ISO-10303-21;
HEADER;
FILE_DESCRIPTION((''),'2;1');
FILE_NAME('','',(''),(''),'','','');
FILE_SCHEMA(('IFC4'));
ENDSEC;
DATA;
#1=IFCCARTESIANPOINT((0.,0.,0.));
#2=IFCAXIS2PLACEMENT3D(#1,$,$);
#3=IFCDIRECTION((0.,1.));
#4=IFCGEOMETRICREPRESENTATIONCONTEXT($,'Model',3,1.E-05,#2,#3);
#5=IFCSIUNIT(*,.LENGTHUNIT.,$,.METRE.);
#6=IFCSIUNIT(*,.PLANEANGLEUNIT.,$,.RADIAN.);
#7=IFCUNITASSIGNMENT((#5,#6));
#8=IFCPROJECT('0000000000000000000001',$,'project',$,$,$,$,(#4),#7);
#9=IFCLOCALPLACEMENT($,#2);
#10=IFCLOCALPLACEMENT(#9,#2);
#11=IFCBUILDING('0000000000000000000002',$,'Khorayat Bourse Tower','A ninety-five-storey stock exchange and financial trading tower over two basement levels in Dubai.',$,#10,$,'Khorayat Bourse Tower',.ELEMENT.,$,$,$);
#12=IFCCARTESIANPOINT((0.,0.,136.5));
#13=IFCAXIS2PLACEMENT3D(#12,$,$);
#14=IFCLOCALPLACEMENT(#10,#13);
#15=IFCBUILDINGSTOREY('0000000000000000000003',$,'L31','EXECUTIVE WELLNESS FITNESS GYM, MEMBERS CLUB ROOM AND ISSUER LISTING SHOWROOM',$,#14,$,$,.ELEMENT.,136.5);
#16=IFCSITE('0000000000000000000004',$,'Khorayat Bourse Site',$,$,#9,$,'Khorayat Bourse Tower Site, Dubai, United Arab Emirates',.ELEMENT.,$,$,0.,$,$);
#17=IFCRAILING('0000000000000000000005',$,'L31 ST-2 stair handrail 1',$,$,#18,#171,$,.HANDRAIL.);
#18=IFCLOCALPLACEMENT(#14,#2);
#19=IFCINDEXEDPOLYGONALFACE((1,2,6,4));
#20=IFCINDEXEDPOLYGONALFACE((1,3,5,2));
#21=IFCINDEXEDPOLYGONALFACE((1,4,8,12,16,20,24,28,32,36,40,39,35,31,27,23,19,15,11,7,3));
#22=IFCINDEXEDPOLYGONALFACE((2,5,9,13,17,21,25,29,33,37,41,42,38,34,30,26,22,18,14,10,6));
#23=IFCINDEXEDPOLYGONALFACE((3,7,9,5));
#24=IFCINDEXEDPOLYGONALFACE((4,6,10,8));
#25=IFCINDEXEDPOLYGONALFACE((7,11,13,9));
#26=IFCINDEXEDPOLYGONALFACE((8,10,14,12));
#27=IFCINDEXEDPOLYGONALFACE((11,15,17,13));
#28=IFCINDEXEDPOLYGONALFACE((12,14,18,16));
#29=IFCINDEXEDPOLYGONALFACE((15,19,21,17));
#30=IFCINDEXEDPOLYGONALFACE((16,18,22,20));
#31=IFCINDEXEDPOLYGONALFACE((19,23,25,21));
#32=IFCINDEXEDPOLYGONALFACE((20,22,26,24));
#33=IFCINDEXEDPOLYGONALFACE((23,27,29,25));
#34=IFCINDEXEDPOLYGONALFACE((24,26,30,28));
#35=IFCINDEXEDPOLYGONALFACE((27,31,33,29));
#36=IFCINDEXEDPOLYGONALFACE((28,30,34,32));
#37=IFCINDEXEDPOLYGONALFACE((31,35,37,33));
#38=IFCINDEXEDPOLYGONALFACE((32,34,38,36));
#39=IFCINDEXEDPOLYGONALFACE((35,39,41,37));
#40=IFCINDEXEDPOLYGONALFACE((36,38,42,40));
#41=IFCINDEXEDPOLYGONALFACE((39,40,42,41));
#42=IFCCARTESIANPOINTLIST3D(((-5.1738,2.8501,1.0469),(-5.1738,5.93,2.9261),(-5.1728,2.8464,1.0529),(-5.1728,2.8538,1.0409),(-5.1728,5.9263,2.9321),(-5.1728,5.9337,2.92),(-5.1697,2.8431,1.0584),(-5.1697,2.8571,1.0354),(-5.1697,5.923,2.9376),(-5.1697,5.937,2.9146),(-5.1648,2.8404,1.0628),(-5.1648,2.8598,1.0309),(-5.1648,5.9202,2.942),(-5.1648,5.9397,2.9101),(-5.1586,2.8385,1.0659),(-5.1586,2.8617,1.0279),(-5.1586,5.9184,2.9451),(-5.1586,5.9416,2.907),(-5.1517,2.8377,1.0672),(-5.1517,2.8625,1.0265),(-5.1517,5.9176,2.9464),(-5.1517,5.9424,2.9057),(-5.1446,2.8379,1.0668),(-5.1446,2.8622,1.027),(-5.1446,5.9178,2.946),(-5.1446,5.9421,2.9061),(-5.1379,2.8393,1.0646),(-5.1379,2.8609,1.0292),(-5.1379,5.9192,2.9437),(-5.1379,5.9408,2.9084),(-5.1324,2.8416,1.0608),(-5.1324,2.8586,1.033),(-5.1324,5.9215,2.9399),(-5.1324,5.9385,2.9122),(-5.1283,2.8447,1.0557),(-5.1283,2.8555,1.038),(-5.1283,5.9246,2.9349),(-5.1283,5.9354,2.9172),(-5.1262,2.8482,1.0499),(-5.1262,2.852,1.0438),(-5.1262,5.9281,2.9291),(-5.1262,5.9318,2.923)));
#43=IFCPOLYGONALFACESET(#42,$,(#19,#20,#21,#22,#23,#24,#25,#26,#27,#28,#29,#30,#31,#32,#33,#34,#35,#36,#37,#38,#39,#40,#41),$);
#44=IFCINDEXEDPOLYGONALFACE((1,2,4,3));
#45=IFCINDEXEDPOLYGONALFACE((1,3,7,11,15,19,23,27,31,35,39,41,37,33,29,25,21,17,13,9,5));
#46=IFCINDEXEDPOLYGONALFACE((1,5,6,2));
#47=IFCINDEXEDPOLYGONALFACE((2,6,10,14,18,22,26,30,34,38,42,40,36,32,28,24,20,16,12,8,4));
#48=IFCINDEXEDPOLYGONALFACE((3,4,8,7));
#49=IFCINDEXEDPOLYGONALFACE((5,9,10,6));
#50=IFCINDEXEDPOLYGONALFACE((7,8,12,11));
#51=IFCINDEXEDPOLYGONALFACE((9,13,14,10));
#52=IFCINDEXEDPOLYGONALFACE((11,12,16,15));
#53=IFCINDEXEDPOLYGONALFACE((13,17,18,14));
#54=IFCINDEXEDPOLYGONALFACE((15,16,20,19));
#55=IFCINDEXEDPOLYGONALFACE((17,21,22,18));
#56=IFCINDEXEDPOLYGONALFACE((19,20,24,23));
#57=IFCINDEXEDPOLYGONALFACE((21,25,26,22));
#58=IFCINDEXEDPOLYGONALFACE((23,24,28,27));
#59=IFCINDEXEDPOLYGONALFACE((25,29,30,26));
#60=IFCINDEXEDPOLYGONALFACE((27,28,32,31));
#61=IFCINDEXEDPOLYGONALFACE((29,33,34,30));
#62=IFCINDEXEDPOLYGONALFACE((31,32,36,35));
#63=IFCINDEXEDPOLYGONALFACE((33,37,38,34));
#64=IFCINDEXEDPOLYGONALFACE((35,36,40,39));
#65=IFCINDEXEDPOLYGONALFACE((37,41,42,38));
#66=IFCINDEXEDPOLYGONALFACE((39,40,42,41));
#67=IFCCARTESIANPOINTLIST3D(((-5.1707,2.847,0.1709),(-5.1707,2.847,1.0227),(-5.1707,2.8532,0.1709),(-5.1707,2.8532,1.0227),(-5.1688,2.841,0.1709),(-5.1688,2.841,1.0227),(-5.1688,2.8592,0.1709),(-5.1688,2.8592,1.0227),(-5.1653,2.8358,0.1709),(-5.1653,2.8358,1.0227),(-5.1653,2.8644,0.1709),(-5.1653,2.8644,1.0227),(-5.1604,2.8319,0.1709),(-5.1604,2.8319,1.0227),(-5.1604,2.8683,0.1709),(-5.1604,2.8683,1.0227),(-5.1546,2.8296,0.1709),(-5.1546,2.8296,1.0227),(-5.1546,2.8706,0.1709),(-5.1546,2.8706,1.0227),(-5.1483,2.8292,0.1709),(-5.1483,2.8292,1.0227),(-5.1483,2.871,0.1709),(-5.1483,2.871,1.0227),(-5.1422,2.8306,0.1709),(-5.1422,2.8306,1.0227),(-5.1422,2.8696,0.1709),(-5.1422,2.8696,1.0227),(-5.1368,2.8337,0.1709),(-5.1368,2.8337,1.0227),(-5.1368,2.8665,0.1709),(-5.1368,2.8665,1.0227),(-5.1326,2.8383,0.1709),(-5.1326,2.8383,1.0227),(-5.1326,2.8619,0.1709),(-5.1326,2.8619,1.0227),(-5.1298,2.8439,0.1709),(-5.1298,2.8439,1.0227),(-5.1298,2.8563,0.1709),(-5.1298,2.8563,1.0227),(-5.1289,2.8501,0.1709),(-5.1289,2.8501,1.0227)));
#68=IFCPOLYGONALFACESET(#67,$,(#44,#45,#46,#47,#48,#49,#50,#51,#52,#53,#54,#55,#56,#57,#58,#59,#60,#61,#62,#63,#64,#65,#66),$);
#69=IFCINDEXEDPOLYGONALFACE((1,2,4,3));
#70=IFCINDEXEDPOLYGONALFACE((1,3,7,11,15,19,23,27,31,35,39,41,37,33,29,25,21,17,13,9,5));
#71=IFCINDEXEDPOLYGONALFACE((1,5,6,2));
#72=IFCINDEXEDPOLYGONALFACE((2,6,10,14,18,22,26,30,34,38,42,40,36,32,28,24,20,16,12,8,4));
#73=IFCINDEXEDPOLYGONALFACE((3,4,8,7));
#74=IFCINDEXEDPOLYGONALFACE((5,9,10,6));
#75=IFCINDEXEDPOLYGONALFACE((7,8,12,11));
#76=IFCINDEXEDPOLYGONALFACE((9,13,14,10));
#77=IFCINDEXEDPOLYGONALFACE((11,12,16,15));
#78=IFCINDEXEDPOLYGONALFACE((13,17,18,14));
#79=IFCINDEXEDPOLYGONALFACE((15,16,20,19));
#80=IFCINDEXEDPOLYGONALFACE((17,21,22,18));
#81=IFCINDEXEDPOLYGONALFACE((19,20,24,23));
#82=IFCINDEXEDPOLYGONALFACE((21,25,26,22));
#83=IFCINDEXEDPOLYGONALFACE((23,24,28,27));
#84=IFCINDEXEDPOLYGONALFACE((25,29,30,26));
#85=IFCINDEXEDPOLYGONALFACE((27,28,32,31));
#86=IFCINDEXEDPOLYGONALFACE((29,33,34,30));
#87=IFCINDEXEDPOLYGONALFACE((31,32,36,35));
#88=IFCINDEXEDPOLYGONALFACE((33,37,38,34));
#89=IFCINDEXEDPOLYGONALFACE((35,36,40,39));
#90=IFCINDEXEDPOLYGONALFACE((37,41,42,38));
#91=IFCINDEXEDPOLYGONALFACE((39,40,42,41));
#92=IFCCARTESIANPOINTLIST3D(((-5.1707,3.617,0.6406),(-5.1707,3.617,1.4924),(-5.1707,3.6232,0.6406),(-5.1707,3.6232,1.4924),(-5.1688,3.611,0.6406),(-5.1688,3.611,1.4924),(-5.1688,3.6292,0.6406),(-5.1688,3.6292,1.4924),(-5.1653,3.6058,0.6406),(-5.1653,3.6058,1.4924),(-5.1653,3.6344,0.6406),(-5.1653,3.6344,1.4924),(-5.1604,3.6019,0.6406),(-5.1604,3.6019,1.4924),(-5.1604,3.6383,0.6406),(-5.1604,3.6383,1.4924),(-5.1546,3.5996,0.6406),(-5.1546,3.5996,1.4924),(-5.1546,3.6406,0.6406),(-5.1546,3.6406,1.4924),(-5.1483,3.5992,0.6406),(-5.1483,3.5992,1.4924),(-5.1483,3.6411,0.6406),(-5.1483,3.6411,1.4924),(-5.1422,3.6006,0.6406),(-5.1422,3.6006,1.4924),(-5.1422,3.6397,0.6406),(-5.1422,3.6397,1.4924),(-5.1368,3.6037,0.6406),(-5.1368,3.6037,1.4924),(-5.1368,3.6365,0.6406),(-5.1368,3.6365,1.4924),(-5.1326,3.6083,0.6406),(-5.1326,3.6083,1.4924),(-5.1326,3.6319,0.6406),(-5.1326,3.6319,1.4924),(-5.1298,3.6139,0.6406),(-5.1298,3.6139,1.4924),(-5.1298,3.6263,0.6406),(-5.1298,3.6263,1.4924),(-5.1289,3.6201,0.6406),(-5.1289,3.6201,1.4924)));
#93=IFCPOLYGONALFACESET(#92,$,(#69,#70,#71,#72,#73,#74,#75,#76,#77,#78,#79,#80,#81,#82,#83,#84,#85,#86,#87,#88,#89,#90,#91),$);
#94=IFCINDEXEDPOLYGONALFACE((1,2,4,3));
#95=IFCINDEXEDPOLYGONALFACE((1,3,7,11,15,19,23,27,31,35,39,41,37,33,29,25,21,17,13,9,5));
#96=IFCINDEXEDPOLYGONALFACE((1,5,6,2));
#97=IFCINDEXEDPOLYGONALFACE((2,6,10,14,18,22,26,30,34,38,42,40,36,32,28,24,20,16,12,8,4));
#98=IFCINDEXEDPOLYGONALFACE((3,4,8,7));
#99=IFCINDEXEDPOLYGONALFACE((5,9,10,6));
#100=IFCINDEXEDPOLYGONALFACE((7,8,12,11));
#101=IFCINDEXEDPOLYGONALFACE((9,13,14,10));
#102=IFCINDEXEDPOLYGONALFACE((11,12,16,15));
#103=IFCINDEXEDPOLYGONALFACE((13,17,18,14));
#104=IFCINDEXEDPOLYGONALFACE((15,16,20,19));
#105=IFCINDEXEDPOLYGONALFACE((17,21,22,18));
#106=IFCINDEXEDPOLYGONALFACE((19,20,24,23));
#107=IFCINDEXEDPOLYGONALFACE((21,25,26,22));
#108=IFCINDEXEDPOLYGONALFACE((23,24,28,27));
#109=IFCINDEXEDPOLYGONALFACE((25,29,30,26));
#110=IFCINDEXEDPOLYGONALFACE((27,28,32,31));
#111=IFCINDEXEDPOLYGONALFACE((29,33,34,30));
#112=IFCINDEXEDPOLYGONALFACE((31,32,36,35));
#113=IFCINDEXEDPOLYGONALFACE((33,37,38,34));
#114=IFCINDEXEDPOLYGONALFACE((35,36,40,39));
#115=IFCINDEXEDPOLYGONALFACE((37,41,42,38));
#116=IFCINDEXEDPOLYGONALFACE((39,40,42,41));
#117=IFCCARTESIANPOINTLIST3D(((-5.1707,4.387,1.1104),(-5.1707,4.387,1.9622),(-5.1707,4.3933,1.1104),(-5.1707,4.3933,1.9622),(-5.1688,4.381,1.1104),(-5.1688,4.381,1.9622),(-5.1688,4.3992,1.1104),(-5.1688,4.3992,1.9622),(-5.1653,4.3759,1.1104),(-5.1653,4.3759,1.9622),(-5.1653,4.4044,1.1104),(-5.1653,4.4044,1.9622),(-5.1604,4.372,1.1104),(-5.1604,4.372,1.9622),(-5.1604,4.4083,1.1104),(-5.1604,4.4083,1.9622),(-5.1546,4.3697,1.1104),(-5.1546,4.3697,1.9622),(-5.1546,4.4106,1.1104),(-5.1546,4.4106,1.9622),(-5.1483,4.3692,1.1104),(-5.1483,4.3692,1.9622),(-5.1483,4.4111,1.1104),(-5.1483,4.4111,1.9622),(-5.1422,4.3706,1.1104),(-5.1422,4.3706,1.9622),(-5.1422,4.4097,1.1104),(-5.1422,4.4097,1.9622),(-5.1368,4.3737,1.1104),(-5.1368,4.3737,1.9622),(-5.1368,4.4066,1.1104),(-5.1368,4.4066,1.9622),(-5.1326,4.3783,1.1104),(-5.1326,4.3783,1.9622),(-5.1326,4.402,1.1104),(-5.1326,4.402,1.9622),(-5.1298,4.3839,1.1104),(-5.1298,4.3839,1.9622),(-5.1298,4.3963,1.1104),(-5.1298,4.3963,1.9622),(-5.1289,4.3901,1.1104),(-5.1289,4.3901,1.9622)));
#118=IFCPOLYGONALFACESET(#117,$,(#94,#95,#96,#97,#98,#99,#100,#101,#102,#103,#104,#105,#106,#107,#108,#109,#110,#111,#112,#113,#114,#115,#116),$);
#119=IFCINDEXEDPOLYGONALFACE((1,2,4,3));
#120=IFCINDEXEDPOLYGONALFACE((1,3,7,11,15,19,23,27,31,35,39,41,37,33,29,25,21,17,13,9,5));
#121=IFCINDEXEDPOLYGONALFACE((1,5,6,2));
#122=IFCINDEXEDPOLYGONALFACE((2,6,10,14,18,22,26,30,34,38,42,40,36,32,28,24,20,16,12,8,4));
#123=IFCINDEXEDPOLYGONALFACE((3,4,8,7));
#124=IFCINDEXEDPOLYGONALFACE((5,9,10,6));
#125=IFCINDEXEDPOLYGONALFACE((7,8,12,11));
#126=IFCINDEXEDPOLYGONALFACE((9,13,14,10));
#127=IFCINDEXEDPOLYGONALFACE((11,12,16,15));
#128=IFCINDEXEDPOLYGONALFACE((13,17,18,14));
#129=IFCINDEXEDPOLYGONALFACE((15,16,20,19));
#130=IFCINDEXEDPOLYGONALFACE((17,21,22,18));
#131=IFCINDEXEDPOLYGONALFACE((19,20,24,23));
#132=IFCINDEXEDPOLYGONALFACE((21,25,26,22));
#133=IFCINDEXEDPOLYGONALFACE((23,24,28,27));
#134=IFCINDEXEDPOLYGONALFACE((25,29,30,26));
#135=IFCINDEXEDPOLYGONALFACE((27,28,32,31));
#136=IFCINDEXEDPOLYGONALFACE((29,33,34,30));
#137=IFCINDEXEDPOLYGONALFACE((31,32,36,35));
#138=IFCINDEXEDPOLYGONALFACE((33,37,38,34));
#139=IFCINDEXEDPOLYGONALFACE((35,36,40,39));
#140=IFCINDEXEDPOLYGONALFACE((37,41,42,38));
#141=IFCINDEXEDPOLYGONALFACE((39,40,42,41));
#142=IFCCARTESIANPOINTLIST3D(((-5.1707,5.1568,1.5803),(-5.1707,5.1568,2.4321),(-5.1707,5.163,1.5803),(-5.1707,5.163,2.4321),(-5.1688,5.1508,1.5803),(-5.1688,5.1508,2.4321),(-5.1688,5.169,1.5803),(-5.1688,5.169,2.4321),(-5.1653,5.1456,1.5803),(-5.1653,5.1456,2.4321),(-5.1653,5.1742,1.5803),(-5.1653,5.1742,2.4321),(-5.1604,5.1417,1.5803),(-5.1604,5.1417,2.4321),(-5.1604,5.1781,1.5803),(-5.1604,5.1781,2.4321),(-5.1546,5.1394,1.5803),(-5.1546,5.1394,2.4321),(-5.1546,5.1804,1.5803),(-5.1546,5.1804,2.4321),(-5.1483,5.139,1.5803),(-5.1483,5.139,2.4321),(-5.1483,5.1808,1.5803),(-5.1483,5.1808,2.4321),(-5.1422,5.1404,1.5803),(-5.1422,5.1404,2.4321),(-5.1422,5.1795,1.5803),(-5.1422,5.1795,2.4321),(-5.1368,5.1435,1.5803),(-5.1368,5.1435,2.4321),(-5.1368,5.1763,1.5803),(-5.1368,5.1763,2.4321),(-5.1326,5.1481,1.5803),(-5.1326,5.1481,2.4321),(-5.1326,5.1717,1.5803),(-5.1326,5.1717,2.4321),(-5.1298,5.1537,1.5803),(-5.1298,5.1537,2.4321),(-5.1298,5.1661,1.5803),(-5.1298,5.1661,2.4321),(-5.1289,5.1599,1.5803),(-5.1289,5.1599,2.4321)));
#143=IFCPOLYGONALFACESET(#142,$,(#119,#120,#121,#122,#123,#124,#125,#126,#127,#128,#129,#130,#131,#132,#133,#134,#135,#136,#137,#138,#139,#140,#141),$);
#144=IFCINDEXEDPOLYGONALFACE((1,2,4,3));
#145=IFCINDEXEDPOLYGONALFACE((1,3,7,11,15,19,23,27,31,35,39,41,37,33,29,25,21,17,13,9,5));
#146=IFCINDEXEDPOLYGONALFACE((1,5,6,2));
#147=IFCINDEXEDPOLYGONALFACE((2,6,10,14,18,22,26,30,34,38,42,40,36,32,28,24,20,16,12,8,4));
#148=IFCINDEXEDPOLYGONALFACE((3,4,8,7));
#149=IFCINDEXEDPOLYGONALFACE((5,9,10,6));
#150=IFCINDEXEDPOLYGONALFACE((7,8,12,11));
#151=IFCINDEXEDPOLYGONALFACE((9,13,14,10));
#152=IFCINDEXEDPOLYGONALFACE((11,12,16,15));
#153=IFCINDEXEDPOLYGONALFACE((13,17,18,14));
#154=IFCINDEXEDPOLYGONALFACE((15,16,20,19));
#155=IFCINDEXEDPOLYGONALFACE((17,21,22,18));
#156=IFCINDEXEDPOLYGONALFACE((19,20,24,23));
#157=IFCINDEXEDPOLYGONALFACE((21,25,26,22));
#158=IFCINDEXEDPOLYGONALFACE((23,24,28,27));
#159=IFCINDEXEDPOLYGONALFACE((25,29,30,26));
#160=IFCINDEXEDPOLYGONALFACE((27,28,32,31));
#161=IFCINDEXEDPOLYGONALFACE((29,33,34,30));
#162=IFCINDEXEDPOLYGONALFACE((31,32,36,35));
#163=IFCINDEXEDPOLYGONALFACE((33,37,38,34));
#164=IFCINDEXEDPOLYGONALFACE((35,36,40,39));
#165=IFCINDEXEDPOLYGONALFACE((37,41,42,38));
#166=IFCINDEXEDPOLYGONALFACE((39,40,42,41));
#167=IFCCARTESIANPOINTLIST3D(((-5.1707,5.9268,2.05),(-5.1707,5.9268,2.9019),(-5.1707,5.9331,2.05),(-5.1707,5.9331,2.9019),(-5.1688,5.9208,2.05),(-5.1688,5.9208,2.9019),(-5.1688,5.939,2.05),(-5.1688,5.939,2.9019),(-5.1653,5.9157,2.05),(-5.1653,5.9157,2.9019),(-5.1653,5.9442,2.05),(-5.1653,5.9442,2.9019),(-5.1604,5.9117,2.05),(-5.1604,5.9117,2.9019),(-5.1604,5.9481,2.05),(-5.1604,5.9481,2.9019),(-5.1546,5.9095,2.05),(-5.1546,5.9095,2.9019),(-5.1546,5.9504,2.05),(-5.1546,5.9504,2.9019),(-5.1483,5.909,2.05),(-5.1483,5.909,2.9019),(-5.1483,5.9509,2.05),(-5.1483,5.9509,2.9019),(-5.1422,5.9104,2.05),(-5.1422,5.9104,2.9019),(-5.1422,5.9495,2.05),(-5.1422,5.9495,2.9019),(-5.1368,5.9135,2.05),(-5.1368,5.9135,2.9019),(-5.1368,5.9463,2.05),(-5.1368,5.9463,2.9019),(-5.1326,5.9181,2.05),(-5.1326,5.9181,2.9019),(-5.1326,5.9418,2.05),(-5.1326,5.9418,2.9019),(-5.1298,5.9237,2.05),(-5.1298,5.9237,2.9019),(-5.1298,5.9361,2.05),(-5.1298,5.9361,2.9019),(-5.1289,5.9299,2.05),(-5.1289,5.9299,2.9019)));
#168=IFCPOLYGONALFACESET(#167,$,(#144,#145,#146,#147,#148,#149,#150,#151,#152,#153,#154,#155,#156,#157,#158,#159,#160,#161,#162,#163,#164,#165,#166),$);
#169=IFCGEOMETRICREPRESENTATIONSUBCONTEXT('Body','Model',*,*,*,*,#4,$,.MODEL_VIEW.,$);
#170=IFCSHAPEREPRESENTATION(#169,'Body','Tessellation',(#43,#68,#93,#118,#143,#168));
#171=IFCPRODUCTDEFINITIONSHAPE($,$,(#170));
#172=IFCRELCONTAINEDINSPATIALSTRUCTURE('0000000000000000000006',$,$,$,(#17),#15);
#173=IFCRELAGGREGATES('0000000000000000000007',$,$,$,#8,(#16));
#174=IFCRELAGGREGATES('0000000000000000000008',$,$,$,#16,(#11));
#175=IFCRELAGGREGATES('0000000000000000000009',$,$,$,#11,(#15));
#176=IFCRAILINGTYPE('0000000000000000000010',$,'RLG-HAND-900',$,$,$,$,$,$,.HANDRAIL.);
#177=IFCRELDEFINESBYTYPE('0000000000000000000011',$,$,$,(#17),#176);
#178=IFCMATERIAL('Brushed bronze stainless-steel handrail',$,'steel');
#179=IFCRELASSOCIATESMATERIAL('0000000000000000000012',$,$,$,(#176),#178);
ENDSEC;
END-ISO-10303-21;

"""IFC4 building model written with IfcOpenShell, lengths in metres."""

from ifc_helpers import new_model, si_unit, direction, frame, origin, origin_2d, place, context, subcontext, project, spatial, circle, extrude, source, transform, mapped, material, type_object, element, save


model = new_model("IFC4")

# Units and contexts
model_context = context("Model", 3, precision=1e-05, world=origin(), true_north=direction((0.0, 1.0)))
body_context = subcontext(model_context, "Body", "Model", "MODEL_VIEW")
ifc_project = project(units=[si_unit("LENGTHUNIT", "METRE"), si_unit("PLANEANGLEUNIT", "RADIAN")], contexts=[model_context])

# Site, building, storey
site_placement = place(None, origin())
site = spatial("IfcSite", under=ifc_project, at=site_placement, Name="Khorayat Bourse Site", LongName="Khorayat Bourse Tower Site, Dubai, United Arab Emirates", CompositionType="ELEMENT", RefElevation=0.0)
building_placement = place(site_placement, origin())
building = spatial("IfcBuilding", under=site, at=building_placement, Name="Khorayat Bourse Tower", Description="A ninety-five-storey stock exchange and financial trading tower over two basement levels in Dubai.", LongName="Khorayat Bourse Tower", CompositionType="ELEMENT")
storey_placement = place(building_placement, frame((0.0, 0.0, 136.5)))
storey = spatial("IfcBuildingStorey", under=building, at=storey_placement, Name="L31", Description="EXECUTIVE WELLNESS FITNESS GYM, MEMBERS CLUB ROOM AND ISSUER LISTING SHOWROOM", CompositionType="ELEMENT", Elevation=136.5)

# Railing
ifc_material_1 = material(Name="Brushed bronze stainless-steel handrail", Category="steel")
railing_type_1 = type_object("IfcRailingType", Name="RLG-HAND-900", PredefinedType="HANDRAIL", material=ifc_material_1)
shared_shape_1 = source(origin(), body_context, "Body", "SweptSolid", [
    extrude(circle(Radius=0.0239, at=origin_2d()), frame((0.0, 0.0, 0.876), z_axis=(0.0, 0.853648, 0.52085), x_axis=(-1.0, 0.0, 0.0)), (0.0, 0.0, 1.0), 3.6079),
    extrude(circle(Radius=0.021, at=origin_2d()), origin(), (0.0, 0.0, 1.0), 0.8518),
    extrude(circle(Radius=0.021, at=origin_2d()), frame((0.0, 0.77, 0.4697)), (0.0, 0.0, 1.0), 0.8518),
    extrude(circle(Radius=0.021, at=origin_2d()), frame((0.0, 1.54, 0.9395)), (0.0, 0.0, 1.0), 0.8518),
    extrude(circle(Radius=0.021, at=origin_2d()), frame((0.0, 2.3098, 1.4094)), (0.0, 0.0, 1.0), 0.8518),
    extrude(circle(Radius=0.021, at=origin_2d()), frame((0.0, 3.0798, 1.8792)), (0.0, 0.0, 1.0), 0.8518),
])
railing_1_placement = place(storey_placement, frame((-5.1499, 2.8501, 0.1709)))
element("IfcRailing", 1, at=railing_1_placement, inside=storey, type_object=railing_type_1, Name="L31 ST-2 stair handrail 1", PredefinedType="HANDRAIL", context=body_context, shape_type="MappedRepresentation", body=[
    mapped(shared_shape_1, transform((0.0, 0.0, 0.0), scale=1.0)),
])

save(model, "model.ifc")
